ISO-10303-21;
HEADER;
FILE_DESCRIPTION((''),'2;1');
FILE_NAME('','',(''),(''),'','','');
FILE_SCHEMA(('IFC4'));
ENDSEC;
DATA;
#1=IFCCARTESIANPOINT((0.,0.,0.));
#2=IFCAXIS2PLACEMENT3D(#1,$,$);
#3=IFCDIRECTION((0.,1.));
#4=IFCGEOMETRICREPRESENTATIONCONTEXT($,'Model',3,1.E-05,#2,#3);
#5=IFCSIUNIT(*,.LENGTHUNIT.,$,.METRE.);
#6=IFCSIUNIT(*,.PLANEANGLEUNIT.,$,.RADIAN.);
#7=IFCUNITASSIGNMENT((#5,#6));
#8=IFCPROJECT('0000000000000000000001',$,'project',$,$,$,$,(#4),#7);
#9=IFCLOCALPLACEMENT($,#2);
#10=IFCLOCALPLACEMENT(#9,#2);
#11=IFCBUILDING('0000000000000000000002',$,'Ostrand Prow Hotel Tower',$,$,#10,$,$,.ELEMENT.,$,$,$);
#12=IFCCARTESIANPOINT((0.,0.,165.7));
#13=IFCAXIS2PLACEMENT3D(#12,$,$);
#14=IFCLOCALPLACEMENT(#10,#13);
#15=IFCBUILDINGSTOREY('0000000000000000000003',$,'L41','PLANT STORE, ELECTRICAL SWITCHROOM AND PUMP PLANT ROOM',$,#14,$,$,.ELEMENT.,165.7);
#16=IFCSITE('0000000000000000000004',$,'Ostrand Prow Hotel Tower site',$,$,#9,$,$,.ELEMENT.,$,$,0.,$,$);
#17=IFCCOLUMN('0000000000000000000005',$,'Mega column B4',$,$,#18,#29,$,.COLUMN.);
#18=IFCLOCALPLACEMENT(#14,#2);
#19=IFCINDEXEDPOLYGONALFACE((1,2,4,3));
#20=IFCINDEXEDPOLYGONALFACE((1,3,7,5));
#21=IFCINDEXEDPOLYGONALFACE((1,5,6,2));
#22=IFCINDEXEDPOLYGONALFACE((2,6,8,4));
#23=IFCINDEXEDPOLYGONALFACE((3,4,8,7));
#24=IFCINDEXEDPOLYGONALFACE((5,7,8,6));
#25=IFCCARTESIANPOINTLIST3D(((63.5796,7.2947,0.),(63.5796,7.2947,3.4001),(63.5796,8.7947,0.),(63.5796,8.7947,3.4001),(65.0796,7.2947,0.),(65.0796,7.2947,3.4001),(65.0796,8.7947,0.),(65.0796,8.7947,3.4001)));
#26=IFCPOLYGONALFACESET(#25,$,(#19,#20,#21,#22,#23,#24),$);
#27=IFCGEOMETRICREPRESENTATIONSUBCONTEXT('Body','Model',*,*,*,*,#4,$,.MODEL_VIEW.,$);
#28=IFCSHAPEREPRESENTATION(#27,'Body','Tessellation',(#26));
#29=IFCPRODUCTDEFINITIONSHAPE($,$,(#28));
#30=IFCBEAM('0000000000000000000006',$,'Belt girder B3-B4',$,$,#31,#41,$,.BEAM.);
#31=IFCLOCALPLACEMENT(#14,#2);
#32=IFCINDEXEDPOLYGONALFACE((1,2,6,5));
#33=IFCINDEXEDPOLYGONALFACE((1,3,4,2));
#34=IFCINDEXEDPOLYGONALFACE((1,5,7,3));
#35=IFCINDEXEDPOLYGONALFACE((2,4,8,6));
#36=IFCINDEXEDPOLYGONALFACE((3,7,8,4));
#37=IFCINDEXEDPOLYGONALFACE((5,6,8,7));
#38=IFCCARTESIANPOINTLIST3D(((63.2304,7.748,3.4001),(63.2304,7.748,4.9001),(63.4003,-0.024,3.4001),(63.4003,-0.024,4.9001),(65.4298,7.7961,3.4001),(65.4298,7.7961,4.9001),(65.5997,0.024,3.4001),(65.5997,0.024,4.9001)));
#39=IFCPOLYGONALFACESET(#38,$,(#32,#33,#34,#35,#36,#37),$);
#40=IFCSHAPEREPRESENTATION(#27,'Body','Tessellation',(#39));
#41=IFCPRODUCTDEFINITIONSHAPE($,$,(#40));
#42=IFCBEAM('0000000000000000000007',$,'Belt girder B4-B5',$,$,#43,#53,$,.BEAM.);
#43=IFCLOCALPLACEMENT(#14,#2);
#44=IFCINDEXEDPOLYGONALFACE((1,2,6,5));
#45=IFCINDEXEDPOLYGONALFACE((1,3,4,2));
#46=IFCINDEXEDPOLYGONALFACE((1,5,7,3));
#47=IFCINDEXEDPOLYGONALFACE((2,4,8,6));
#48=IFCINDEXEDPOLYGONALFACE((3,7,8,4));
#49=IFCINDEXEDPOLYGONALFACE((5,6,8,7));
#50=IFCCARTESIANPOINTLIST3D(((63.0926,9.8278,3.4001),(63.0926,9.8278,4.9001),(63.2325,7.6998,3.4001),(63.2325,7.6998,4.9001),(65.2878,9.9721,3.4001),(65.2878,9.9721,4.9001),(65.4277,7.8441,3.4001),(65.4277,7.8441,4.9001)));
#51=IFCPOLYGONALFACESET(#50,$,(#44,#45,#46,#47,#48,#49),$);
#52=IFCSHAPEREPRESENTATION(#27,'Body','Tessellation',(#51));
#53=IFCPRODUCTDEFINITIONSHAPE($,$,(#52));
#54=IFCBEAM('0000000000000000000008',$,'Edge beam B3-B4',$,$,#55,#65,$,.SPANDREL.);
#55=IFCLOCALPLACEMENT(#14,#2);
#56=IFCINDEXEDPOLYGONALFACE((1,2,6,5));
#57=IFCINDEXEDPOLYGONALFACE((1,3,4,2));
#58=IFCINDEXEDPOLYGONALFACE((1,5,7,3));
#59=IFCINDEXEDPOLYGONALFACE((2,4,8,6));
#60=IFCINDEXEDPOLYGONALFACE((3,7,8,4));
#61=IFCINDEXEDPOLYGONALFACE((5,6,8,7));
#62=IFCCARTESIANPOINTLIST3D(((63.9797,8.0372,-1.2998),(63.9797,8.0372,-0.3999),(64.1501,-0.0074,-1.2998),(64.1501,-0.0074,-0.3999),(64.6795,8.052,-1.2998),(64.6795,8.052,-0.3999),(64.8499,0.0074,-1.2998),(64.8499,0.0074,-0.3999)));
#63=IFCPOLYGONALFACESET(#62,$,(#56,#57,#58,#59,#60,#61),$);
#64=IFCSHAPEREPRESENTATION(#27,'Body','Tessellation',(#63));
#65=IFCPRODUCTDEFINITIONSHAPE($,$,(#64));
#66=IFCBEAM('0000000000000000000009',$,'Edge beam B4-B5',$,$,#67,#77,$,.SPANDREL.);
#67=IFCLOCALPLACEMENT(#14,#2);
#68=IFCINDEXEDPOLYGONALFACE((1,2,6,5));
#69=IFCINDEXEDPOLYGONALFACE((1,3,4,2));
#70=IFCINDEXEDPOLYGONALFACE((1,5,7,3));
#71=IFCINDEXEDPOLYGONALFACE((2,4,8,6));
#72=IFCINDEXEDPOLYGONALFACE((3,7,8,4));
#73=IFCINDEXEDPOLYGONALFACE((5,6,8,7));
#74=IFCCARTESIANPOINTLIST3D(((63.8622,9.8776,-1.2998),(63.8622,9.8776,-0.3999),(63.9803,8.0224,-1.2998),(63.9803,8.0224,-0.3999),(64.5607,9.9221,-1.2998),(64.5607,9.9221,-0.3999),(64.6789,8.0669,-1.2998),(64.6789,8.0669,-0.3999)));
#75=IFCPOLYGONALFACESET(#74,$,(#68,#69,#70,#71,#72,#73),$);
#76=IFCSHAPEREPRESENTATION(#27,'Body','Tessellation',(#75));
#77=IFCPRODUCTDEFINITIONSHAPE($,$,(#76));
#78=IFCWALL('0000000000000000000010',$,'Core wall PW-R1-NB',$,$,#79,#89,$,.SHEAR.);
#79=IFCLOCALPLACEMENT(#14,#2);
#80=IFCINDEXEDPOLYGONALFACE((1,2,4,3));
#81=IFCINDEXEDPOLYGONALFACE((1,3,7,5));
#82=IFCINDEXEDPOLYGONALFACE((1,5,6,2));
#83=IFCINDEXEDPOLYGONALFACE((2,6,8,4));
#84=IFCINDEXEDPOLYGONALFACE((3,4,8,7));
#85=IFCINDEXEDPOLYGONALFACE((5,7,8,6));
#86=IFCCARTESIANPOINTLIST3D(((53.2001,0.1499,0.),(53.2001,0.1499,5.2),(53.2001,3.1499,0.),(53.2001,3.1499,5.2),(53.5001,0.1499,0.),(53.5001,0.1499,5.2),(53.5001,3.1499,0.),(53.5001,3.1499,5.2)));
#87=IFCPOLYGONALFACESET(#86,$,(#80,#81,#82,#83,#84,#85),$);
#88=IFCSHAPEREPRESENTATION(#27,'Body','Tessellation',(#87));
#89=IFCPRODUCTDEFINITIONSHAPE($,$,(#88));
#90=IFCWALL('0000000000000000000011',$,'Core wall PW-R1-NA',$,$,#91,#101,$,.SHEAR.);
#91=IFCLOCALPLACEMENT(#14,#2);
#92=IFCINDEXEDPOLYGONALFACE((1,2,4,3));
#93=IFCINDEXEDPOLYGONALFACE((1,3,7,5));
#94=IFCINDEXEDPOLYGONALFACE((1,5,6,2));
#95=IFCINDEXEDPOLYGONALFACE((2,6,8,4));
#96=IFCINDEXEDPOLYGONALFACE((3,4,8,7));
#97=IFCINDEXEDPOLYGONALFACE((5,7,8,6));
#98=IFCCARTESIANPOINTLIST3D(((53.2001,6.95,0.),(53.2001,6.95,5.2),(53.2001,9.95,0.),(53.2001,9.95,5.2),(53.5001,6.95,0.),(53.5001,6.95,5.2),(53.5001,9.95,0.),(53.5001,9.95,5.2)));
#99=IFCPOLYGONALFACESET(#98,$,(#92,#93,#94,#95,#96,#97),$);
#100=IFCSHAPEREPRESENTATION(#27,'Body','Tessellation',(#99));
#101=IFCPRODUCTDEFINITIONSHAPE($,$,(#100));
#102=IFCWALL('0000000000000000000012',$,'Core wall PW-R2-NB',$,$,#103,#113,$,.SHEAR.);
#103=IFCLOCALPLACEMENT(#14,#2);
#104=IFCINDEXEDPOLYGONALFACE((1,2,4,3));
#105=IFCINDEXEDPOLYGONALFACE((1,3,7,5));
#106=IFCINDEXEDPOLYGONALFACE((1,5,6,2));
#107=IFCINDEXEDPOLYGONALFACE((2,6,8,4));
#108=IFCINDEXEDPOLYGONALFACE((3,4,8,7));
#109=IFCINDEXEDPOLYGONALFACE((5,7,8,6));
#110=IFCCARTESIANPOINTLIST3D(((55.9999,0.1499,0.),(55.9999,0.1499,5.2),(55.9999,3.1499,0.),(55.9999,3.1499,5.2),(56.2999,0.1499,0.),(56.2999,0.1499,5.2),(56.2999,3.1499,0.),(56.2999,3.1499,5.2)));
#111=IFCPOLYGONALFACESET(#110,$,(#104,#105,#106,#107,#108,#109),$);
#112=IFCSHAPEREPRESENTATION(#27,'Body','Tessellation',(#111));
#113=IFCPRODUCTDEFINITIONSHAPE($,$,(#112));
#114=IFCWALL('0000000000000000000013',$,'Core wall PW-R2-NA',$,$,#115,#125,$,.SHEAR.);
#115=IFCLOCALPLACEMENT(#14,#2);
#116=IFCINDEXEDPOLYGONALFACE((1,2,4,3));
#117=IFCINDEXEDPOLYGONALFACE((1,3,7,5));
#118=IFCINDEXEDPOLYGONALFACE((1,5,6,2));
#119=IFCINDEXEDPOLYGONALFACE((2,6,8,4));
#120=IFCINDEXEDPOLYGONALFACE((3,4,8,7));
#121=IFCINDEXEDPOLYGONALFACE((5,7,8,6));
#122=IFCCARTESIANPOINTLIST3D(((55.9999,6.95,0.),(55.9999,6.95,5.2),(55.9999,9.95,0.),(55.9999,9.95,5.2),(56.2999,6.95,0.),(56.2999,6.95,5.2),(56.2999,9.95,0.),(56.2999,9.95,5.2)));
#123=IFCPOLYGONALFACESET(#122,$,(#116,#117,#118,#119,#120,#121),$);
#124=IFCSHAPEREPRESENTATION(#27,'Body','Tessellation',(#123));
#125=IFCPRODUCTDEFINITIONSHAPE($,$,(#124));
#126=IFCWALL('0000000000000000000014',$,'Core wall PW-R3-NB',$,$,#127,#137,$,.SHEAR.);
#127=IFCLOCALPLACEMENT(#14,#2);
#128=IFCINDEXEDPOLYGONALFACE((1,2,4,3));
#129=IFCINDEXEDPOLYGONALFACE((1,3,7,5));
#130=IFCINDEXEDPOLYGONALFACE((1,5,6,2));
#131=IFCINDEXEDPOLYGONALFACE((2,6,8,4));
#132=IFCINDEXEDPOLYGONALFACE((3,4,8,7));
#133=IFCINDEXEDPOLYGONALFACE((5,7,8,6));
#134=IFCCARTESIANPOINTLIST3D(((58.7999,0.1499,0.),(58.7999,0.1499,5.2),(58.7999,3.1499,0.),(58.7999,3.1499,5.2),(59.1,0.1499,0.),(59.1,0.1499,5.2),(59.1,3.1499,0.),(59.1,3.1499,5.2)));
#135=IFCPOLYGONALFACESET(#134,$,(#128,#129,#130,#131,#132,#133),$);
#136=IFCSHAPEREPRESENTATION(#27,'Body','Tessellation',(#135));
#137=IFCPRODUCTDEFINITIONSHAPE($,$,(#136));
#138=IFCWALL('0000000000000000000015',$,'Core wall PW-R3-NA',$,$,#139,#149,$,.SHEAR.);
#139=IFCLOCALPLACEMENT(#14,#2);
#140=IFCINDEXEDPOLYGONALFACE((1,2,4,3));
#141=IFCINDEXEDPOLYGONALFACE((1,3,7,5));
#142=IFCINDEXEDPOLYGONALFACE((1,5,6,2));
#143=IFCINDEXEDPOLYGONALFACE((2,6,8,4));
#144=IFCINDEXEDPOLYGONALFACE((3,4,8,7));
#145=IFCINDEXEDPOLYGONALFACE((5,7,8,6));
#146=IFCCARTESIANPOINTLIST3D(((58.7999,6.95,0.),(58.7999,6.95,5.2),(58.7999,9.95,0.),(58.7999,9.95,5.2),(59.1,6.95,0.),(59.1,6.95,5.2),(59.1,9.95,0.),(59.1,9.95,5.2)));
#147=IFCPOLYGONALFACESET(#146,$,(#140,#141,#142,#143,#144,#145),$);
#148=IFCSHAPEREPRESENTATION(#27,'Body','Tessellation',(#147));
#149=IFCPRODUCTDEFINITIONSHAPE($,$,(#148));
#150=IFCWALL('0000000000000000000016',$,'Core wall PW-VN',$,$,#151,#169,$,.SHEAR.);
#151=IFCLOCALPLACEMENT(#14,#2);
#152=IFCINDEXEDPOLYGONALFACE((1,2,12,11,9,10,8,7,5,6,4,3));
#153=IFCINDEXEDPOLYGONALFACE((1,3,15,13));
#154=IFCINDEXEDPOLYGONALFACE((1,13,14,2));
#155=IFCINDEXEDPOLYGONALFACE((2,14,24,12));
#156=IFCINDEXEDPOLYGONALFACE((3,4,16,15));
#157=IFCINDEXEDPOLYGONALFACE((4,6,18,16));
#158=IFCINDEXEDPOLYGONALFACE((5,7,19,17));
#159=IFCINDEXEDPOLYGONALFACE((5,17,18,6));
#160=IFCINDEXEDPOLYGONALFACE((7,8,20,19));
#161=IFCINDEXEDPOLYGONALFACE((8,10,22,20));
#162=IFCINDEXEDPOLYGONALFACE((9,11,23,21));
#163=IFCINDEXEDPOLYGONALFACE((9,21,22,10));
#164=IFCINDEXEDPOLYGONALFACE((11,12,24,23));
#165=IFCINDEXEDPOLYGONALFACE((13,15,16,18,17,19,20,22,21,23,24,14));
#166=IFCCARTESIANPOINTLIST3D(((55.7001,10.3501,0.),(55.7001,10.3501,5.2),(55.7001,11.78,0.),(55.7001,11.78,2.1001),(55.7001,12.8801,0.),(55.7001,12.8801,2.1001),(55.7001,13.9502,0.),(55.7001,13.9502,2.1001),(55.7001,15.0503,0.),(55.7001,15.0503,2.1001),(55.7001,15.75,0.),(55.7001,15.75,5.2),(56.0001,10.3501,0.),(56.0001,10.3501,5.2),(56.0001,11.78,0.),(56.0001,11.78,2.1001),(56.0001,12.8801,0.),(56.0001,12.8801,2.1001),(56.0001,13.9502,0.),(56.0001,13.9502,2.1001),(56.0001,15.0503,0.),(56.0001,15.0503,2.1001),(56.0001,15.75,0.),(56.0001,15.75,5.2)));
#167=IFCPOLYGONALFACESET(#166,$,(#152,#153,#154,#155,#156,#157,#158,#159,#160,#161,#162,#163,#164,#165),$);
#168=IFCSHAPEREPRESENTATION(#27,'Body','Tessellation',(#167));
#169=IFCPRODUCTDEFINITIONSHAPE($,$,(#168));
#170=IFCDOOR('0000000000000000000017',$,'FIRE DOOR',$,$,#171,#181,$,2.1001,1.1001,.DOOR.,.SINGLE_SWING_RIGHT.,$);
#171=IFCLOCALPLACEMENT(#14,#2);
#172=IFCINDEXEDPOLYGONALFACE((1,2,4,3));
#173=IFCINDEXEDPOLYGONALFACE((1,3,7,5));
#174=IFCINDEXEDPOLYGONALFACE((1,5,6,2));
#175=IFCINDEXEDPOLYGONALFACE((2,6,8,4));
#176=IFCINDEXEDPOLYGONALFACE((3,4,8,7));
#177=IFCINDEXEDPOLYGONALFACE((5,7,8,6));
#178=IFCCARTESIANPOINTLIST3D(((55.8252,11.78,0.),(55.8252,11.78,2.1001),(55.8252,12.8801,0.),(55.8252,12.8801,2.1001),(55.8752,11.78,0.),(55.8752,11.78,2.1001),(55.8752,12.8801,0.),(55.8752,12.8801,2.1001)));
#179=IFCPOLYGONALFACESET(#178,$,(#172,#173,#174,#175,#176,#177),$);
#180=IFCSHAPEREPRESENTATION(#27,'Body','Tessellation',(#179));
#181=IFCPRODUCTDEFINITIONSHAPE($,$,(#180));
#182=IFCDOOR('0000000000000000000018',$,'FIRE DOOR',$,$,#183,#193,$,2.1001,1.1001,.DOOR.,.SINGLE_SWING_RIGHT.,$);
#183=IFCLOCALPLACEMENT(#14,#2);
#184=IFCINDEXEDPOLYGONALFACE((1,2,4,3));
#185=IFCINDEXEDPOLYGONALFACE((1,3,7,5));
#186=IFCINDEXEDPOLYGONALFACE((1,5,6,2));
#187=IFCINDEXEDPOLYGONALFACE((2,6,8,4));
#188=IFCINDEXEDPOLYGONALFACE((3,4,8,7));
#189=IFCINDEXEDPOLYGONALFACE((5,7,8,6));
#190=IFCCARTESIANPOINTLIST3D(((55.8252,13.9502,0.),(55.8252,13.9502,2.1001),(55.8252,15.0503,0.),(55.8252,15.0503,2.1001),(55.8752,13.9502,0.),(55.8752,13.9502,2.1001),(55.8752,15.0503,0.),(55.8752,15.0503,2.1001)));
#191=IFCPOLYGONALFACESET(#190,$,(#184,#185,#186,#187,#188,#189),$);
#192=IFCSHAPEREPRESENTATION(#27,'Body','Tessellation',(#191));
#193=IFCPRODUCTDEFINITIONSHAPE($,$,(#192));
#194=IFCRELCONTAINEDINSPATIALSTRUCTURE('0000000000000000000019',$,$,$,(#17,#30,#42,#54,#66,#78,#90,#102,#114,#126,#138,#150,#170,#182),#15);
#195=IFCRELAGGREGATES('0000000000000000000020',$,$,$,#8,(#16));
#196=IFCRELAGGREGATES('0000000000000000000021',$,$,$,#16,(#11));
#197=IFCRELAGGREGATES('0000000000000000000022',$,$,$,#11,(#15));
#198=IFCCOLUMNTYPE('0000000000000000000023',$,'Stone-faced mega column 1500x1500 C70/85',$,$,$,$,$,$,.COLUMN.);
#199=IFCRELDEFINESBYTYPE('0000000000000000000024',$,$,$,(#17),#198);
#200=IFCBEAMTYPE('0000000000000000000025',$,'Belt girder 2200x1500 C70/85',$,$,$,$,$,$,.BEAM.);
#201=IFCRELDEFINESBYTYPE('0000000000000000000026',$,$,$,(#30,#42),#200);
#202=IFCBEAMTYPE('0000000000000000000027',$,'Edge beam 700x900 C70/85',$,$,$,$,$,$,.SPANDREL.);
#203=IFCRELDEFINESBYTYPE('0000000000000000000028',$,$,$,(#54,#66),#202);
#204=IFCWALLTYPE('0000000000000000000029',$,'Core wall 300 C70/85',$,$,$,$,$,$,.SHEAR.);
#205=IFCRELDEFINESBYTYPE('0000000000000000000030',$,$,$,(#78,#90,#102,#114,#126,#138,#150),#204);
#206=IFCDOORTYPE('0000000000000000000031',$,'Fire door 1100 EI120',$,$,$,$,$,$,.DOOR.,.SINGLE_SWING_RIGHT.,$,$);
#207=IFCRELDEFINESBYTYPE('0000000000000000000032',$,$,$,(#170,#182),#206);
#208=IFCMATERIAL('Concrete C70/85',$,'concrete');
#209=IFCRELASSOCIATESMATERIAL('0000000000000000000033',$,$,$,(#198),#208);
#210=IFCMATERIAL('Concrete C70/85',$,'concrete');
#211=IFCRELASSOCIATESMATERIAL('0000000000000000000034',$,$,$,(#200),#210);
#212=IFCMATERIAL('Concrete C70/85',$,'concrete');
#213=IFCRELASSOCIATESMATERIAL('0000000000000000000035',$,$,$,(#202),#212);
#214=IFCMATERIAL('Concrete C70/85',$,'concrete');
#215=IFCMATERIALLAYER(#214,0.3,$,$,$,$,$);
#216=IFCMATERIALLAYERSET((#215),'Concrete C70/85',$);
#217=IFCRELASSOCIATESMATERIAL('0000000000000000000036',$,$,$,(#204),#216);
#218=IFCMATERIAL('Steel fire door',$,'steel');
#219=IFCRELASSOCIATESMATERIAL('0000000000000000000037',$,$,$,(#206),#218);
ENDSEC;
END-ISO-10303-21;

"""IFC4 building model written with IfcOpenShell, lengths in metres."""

from ifc_helpers import new_model, si_unit, direction, frame, frame_2d, origin, origin_2d, place, context, subcontext, project, spatial, rectangle, extrude, material, layer, layer_set, material_profile, profile_set, type_object, element, fill, save


model = new_model("IFC4")

# Units and contexts
model_context = context("Model", 3, precision=1e-05, world=origin(), true_north=direction((0.0, 1.0)))
body_context = subcontext(model_context, "Body", "Model", "MODEL_VIEW")
ifc_project = project(units=[si_unit("LENGTHUNIT", "METRE"), si_unit("PLANEANGLEUNIT", "RADIAN")], contexts=[model_context])

# Site, building, storey
site_placement = place(None, origin())
site = spatial("IfcSite", under=ifc_project, at=site_placement, Name="Ostrand Prow Hotel Tower site", CompositionType="ELEMENT", RefElevation=0.0)
building_placement = place(site_placement, origin())
building = spatial("IfcBuilding", under=site, at=building_placement, Name="Ostrand Prow Hotel Tower", CompositionType="ELEMENT")
storey_placement = place(building_placement, frame((0.0, 0.0, 165.7)))
storey = spatial("IfcBuildingStorey", under=building, at=storey_placement, Name="L41", Description="PLANT STORE, ELECTRICAL SWITCHROOM AND PUMP PLANT ROOM", CompositionType="ELEMENT", Elevation=165.7)

# Column
ifc_material_1 = material(Name="Concrete C70/85", Category="concrete")
ifc_material_profile_1 = material_profile(ifc_material_1, rectangle(XDim=1.5, YDim=1.5, at=origin_2d()), Name="RC 1500x1500")
ifc_profile_set_1 = profile_set([ifc_material_profile_1], Name="Concrete C70/85")
column_type = type_object("IfcColumnType", Name="Stone-faced mega column 1500x1500 C70/85", PredefinedType="COLUMN", material=ifc_profile_set_1)
column_placement = place(storey_placement, frame((64.3296, 8.0447, 0.0), z_axis=(0.0, 0.0, 1.0), x_axis=(1.0, 0.0, 0.0)))
element("IfcColumn", 1, at=column_placement, inside=storey, type_object=column_type, Name="Mega column B4", PredefinedType="COLUMN", context=body_context, shape_type="SweptSolid", body=[
    extrude(rectangle(XDim=1.5, YDim=1.5, at=origin_2d()), origin(), (0.0, 0.0, 1.0), 3.4001),
])

# Beams
ifc_material_2 = material(Name="Concrete C70/85", Category="concrete")
ifc_material_profile_2 = material_profile(ifc_material_2, rectangle(XDim=2.2, YDim=1.5, at=origin_2d()), Name="RC 2200x1500")
ifc_profile_set_2 = profile_set([ifc_material_profile_2], Name="Concrete C70/85")
beam_type_1 = type_object("IfcBeamType", Name="Belt girder 2200x1500 C70/85", PredefinedType="BEAM", material=ifc_profile_set_2)
beam_1_placement = place(storey_placement, frame((64.5, 0.0, 4.1501), z_axis=(-0.021858, 0.999761, 0.0), x_axis=(-0.999761, -0.021858, 0.0)))
element("IfcBeam", 2, at=beam_1_placement, inside=storey, type_object=beam_type_1, Name="Belt girder B3-B4", PredefinedType="BEAM", context=body_context, shape_type="SweptSolid", body=[
    extrude(rectangle(XDim=2.2, YDim=1.5, at=origin_2d()), origin(), (0.0, 0.0, 1.0), 7.7739),
])
beam_2_placement = place(storey_placement, frame((64.3301, 7.772, 4.1501), z_axis=(-0.0656, 0.997846, 0.0), x_axis=(-0.997846, -0.0656, 0.0)))
element("IfcBeam", 3, at=beam_2_placement, inside=storey, type_object=beam_type_1, Name="Belt girder B4-B5", PredefinedType="BEAM", context=body_context, shape_type="SweptSolid", body=[
    extrude(rectangle(XDim=2.2, YDim=1.5, at=origin_2d()), origin(), (0.0, 0.0, 1.0), 2.1326),
])
ifc_material_3 = material(Name="Concrete C70/85", Category="concrete")
ifc_material_profile_3 = material_profile(ifc_material_3, rectangle(XDim=0.7, YDim=0.8999, at=origin_2d()), Name="RC 700x900")
ifc_profile_set_3 = profile_set([ifc_material_profile_3], Name="Concrete C70/85")
beam_type_2 = type_object("IfcBeamType", Name="Edge beam 700x900 C70/85", PredefinedType="SPANDREL", material=ifc_profile_set_3)
beam_3_placement = place(storey_placement, frame((64.5, 0.0, -0.8499), z_axis=(-0.021178, 0.999776, 0.0), x_axis=(-0.999776, -0.021178, 0.0)))
element("IfcBeam", 4, at=beam_3_placement, inside=storey, type_object=beam_type_2, Name="Edge beam B3-B4", PredefinedType="SPANDREL", context=body_context, shape_type="SweptSolid", body=[
    extrude(rectangle(XDim=0.7, YDim=0.8999, at=origin_2d()), origin(), (0.0, 0.0, 1.0), 8.0464),
])
beam_4_placement = place(storey_placement, frame((64.3296, 8.0447, -0.8499), z_axis=(-0.063564, 0.997978, 0.0), x_axis=(-0.997978, -0.063564, 0.0)))
element("IfcBeam", 5, at=beam_4_placement, inside=storey, type_object=beam_type_2, Name="Edge beam B4-B5", PredefinedType="SPANDREL", context=body_context, shape_type="SweptSolid", body=[
    extrude(rectangle(XDim=0.7, YDim=0.8999, at=origin_2d()), origin(), (0.0, 0.0, 1.0), 1.8589),
])

# Walls
ifc_material_4 = material(Name="Concrete C70/85", Category="concrete")
ifc_layer_1 = layer(ifc_material_4, 0.3)
ifc_layer_set_1 = layer_set([ifc_layer_1], Name="Concrete C70/85")
wall_type_1 = type_object("IfcWallType", Name="Core wall 300 C70/85", PredefinedType="SHEAR", material=ifc_layer_set_1)
for number, where, z_axis, x_axis, name in (
    (6, (53.3501, 0.1499, 0.0), (0.0, 0.0, 1.0), (0.0, 1.0, 0.0), "Core wall PW-R1-NB"),
    (7, (53.3501, 6.95, 0.0), (0.0, 0.0, 1.0), (0.0, 1.0, 0.0), "Core wall PW-R1-NA"),
    (8, (56.1499, 0.1499, 0.0), (0.0, 0.0, 1.0), (0.0, 1.0, 0.0), "Core wall PW-R2-NB"),
    (9, (56.1499, 6.95, 0.0), (0.0, 0.0, 1.0), (0.0, 1.0, 0.0), "Core wall PW-R2-NA"),
    (10, (58.95, 0.1499, 0.0), (0.0, 0.0, 1.0), (0.0, 1.0, 0.0), "Core wall PW-R3-NB"),
    (11, (58.95, 6.95, 0.0), (0.0, 0.0, 1.0), (0.0, 1.0, 0.0), "Core wall PW-R3-NA"),
):
    element("IfcWall", number, at=place(storey_placement, frame(where, z_axis=z_axis, x_axis=x_axis)), inside=storey, type_object=wall_type_1, Name=name, PredefinedType="SHEAR", context=body_context, shape_type="SweptSolid", body=[
        extrude(rectangle(XDim=3.0, YDim=0.3, at=frame_2d((1.5, 0.0))), origin(), (0.0, 0.0, 1.0), 5.2),
    ])

# Wall, openings, doors
wall_1_placement = place(storey_placement, frame((55.8501, 10.3501, 0.0), z_axis=(0.0, 0.0, 1.0), x_axis=(0.0, 1.0, 0.0)))
wall_1 = element("IfcWall", 12, at=wall_1_placement, inside=storey, type_object=wall_type_1, Name="Core wall PW-VN", PredefinedType="SHEAR", context=body_context, shape_type="SweptSolid", body=[
    extrude(rectangle(XDim=5.3999, YDim=0.3, at=frame_2d((2.7, 0.0))), origin(), (0.0, 0.0, 1.0), 5.2),
])
opening_1_placement = place(wall_1_placement, frame((1.4299, 0.0, 0.0)))
opening_1 = element("IfcOpeningElement", 13, at=opening_1_placement, cuts=wall_1, PredefinedType="OPENING", context=body_context, shape_type="SweptSolid", body=[
    extrude(rectangle(XDim=1.1001, YDim=2.1001, at=frame_2d((0.55, 1.05))), frame((0.0, 0.1599, 0.0), z_axis=(0.0, -1.0, 0.0), x_axis=(1.0, 0.0, 0.0)), (0.0, 0.0, 1.0), 0.3201),
])
opening_2_placement = place(wall_1_placement, frame((3.6001, 0.0, 0.0)))
opening_2 = element("IfcOpeningElement", 14, at=opening_2_placement, cuts=wall_1, PredefinedType="OPENING", context=body_context, shape_type="SweptSolid", body=[
    extrude(rectangle(XDim=1.1001, YDim=2.1001, at=frame_2d((0.55, 1.05))), frame((0.0, 0.1599, 0.0), z_axis=(0.0, -1.0, 0.0), x_axis=(1.0, 0.0, 0.0)), (0.0, 0.0, 1.0), 0.3201),
])
ifc_material_5 = material(Name="Steel fire door", Category="steel")
door_type = type_object("IfcDoorType", Name="Fire door 1100 EI120", OperationType="SINGLE_SWING_RIGHT", PredefinedType="DOOR", material=ifc_material_5)
door_1_placement = place(opening_1_placement, origin())
door_1 = element("IfcDoor", 15, at=door_1_placement, inside=storey, type_object=door_type, Name="FIRE DOOR", OperationType="SINGLE_SWING_RIGHT", OverallHeight=2.1001, OverallWidth=1.1001, PredefinedType="DOOR", context=body_context, shape_type="SweptSolid", body=[
    extrude(rectangle(XDim=1.1001, YDim=2.1001, at=frame_2d((0.55, 1.05))), frame((0.0, 0.0249, 0.0), z_axis=(0.0, -1.0, 0.0), x_axis=(1.0, 0.0, 0.0)), (0.0, 0.0, 1.0), 0.05),
])
fill(opening_1, door_1)
door_2_placement = place(opening_2_placement, origin())
door_2 = element("IfcDoor", 16, at=door_2_placement, inside=storey, type_object=door_type, Name="FIRE DOOR", OperationType="SINGLE_SWING_RIGHT", OverallHeight=2.1001, OverallWidth=1.1001, PredefinedType="DOOR", context=body_context, shape_type="SweptSolid", body=[
    extrude(rectangle(XDim=1.1001, YDim=2.1001, at=frame_2d((0.55, 1.05))), frame((0.0, 0.0249, 0.0), z_axis=(0.0, -1.0, 0.0), x_axis=(1.0, 0.0, 0.0)), (0.0, 0.0, 1.0), 0.05),
])
fill(opening_2, door_2)

save(model, "model.ifc")
